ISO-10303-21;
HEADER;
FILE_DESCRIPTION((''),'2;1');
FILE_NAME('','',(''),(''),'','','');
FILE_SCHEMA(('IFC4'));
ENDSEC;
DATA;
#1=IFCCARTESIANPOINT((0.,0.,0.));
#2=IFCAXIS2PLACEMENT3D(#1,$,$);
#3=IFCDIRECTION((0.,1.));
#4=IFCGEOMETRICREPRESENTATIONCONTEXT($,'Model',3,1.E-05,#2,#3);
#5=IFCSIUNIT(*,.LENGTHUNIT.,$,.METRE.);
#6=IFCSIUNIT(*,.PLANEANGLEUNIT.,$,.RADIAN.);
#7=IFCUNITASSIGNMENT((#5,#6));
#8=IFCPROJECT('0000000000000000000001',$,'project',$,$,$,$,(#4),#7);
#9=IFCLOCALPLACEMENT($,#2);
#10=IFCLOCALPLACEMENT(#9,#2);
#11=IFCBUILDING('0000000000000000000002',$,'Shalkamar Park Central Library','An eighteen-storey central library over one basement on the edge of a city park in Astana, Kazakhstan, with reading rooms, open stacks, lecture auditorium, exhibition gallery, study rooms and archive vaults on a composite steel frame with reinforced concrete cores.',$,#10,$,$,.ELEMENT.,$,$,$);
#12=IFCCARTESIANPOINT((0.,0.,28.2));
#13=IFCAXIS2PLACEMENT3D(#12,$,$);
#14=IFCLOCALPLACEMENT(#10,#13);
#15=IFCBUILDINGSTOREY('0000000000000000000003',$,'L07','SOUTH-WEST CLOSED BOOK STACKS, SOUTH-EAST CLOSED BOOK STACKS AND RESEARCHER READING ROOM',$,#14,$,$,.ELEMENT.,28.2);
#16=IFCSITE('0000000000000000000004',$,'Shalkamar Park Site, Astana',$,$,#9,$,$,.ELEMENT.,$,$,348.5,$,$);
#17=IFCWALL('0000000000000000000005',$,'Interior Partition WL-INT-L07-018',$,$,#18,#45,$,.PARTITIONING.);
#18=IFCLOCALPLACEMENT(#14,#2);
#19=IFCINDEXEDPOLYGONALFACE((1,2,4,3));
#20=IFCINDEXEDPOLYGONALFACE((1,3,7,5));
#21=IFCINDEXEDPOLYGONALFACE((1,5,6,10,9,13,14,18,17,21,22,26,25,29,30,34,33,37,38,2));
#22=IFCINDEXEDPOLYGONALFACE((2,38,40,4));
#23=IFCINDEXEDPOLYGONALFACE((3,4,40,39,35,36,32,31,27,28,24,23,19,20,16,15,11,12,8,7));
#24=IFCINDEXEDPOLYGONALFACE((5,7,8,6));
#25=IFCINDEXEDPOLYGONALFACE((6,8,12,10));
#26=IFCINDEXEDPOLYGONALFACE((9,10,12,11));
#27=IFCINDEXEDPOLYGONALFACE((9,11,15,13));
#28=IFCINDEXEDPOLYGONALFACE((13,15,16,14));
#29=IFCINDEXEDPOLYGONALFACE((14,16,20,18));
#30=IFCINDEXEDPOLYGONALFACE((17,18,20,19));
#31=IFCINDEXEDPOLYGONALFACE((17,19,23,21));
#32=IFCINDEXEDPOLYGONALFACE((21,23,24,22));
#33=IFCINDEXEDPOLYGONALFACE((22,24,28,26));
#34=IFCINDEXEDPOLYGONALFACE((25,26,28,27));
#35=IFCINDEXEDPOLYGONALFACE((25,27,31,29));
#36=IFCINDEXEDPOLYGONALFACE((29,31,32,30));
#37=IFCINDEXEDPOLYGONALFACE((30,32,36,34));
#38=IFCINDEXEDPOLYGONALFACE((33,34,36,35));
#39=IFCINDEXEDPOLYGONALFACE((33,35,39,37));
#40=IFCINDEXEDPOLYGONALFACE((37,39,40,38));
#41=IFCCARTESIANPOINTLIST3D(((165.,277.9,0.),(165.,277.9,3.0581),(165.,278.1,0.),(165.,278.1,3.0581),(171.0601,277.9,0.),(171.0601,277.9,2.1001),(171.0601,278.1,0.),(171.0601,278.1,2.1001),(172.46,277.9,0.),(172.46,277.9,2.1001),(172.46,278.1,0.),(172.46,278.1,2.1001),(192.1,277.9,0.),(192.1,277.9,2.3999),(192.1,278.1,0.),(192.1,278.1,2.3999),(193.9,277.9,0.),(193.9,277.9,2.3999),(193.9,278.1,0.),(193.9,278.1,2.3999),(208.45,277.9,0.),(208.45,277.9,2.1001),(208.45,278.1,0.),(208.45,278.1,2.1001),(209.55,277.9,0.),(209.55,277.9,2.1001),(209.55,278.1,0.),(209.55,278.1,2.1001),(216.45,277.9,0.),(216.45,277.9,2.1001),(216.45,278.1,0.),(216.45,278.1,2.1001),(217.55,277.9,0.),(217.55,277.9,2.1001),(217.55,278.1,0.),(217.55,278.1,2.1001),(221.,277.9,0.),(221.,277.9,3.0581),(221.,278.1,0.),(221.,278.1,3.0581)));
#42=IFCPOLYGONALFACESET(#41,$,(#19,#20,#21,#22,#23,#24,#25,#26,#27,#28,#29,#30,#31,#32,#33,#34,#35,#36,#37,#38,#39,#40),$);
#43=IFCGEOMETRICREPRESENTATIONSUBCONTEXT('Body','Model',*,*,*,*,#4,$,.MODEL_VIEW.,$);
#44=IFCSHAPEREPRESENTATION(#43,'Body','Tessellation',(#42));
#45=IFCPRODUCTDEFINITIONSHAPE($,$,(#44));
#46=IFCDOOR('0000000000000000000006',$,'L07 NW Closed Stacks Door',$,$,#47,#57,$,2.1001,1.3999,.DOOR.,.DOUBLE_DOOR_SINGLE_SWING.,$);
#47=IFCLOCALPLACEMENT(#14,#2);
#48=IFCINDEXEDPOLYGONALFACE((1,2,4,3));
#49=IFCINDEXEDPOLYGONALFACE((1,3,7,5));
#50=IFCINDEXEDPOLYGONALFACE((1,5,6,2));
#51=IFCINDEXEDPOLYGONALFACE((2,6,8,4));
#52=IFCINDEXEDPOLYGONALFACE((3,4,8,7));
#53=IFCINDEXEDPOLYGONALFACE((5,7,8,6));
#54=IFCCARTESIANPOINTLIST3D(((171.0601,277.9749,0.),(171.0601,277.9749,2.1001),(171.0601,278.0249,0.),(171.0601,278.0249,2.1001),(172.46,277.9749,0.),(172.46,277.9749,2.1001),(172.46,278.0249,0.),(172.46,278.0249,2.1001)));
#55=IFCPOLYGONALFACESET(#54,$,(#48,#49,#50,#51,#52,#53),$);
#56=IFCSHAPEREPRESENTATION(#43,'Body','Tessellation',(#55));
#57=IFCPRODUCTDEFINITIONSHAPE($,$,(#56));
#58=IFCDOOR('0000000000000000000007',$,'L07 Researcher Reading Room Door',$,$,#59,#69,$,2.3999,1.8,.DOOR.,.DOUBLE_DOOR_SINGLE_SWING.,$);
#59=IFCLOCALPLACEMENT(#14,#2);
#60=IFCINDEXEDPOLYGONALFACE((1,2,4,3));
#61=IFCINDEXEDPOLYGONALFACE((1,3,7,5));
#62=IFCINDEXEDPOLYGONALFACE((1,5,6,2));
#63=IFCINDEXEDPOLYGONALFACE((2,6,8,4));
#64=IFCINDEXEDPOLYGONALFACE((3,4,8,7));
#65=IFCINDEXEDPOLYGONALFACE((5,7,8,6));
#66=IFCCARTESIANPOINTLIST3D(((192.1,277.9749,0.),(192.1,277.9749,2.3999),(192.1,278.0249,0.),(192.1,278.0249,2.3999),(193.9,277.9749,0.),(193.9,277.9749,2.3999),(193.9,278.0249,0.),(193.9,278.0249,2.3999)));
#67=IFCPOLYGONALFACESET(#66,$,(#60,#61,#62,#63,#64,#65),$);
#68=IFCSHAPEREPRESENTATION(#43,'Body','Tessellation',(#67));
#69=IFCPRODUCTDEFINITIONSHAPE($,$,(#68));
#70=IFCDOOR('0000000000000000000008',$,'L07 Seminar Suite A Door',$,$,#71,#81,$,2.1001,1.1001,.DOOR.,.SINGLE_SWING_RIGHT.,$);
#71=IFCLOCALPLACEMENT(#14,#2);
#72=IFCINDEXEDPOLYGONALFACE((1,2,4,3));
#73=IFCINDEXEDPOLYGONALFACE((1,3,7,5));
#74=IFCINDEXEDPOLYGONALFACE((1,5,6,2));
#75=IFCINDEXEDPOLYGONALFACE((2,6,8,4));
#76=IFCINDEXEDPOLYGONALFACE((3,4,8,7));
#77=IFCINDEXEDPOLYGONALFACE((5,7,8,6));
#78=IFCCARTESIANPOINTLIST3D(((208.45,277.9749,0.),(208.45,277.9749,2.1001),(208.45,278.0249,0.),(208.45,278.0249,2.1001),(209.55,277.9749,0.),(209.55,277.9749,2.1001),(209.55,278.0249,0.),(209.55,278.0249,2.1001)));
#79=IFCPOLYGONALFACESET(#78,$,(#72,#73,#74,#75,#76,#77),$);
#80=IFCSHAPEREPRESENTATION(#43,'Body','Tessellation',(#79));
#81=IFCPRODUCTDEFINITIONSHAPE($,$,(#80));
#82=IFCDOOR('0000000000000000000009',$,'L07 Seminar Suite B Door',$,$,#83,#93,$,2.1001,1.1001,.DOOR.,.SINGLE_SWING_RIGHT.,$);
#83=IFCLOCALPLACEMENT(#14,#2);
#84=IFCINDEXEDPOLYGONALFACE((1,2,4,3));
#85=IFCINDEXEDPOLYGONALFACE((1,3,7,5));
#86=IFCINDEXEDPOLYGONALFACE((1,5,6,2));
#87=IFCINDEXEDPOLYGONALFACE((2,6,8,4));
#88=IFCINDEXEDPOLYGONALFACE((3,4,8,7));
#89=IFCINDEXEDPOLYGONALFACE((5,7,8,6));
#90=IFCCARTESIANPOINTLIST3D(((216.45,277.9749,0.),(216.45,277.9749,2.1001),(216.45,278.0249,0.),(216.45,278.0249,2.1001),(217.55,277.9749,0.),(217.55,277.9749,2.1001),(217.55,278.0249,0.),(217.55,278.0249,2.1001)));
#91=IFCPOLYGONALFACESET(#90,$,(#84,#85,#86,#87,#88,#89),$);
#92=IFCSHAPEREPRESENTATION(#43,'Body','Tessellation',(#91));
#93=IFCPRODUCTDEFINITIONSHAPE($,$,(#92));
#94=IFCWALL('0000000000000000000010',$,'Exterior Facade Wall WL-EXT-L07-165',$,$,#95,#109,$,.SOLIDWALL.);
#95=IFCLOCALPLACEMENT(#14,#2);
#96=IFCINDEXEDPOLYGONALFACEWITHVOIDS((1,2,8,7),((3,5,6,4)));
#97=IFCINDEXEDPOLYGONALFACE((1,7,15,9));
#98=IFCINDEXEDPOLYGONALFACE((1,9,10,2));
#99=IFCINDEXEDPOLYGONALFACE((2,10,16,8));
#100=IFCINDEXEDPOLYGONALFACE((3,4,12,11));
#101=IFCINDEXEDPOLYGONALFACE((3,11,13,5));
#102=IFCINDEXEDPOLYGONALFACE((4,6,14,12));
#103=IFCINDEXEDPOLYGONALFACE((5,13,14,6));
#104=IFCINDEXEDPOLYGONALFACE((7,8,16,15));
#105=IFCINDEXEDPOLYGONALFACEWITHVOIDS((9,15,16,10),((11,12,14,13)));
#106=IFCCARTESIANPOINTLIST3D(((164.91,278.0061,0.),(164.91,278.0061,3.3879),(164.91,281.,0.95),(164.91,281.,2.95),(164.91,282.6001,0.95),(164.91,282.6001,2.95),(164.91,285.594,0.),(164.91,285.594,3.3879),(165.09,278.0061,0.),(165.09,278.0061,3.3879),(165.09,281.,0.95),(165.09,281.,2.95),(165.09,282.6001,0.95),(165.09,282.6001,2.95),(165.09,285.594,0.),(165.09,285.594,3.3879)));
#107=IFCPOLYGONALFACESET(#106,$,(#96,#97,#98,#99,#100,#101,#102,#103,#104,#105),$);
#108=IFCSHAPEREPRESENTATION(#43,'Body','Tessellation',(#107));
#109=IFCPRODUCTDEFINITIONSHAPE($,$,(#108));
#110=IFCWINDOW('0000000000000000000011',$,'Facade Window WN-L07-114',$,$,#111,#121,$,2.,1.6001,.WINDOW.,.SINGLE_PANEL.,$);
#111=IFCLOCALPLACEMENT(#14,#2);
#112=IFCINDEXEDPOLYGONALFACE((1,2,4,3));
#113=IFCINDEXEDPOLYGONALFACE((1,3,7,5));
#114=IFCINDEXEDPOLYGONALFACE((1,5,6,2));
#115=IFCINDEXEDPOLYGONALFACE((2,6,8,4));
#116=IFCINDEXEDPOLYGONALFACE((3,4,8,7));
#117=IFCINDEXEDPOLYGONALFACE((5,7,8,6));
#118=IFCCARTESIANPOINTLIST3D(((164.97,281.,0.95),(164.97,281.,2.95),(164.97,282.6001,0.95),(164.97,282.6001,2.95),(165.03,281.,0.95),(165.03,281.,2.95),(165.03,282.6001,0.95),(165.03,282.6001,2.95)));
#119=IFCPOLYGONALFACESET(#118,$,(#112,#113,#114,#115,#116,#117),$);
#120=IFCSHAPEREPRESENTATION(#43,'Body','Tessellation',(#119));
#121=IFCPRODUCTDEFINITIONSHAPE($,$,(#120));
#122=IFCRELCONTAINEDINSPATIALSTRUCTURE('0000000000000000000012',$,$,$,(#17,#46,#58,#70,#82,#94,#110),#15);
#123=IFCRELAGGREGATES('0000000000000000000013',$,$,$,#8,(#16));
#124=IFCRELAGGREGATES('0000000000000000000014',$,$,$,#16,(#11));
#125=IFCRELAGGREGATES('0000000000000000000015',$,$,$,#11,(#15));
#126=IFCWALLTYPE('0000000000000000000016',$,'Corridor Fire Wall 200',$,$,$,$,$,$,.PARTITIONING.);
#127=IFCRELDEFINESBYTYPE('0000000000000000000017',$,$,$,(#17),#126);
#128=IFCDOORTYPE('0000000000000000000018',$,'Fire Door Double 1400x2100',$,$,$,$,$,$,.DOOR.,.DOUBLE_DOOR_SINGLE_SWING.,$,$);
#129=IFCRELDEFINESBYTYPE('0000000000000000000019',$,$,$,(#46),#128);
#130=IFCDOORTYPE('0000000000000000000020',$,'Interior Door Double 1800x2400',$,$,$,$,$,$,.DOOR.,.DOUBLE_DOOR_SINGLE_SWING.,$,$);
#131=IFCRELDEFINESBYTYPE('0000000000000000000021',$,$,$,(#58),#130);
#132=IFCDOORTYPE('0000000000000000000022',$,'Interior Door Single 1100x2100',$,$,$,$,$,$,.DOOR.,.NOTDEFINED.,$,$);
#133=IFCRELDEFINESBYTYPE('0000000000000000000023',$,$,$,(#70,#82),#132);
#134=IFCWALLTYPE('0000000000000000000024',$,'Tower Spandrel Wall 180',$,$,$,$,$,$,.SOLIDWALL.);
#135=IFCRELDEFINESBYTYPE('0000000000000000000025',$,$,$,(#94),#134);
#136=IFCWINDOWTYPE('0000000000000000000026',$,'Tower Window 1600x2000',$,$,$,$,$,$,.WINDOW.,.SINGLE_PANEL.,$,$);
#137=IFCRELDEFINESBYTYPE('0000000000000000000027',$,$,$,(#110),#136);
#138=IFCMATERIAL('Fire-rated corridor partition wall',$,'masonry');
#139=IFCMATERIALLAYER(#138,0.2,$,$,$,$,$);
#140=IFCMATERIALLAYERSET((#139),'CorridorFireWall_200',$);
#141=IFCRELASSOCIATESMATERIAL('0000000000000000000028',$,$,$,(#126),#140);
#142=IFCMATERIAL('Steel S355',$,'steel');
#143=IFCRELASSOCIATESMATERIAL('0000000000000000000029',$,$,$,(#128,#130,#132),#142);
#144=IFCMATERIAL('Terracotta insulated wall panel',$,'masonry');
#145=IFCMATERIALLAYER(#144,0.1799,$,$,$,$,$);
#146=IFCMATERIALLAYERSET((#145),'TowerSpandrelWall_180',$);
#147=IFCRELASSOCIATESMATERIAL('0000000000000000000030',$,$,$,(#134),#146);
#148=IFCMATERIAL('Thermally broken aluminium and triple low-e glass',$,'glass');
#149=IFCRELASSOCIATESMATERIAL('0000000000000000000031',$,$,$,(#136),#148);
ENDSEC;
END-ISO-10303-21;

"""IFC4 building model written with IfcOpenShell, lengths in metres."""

from ifc_helpers import new_model, si_unit, direction, frame, frame_2d, origin, place, context, subcontext, project, spatial, rectangle, extrude, material, layer, layer_set, type_object, element, fill, save


model = new_model("IFC4")

# Units and contexts
model_context = context("Model", 3, precision=1e-05, world=origin(), true_north=direction((0.0, 1.0)))
body_context = subcontext(model_context, "Body", "Model", "MODEL_VIEW")
ifc_project = project(units=[si_unit("LENGTHUNIT", "METRE"), si_unit("PLANEANGLEUNIT", "RADIAN")], contexts=[model_context])

# Site, building, storey
site_placement = place(None, origin())
site = spatial("IfcSite", under=ifc_project, at=site_placement, Name="Shalkamar Park Site, Astana", CompositionType="ELEMENT", RefElevation=348.5)
building_placement = place(site_placement, origin())
building = spatial("IfcBuilding", under=site, at=building_placement, Name="Shalkamar Park Central Library", Description="An eighteen-storey central library over one basement on the edge of a city park in Astana, Kazakhstan, with reading rooms, open stacks, lecture auditorium, exhibition gallery, study rooms and archive vaults on a composite steel frame with reinforced concrete cores.", CompositionType="ELEMENT")
storey_placement = place(building_placement, frame((0.0, 0.0, 28.2)))
storey = spatial("IfcBuildingStorey", under=building, at=storey_placement, Name="L07", Description="SOUTH-WEST CLOSED BOOK STACKS, SOUTH-EAST CLOSED BOOK STACKS AND RESEARCHER READING ROOM", CompositionType="ELEMENT", Elevation=28.2)

# Shared definitions
ifc_material_1 = material(Name="Steel S355", Category="steel")

# Wall, openings, doors
ifc_material_2 = material(Name="Fire-rated corridor partition wall", Category="masonry")
ifc_layer_1 = layer(ifc_material_2, 0.2)
ifc_layer_set_1 = layer_set([ifc_layer_1], Name="CorridorFireWall_200")
wall_type_1 = type_object("IfcWallType", Name="Corridor Fire Wall 200", PredefinedType="PARTITIONING", material=ifc_layer_set_1)
wall_1_placement = place(storey_placement, frame((165.0, 278.0, 0.0), z_axis=(0.0, 0.0, 1.0), x_axis=(1.0, 0.0, 0.0)))
wall_1 = element("IfcWall", 1, at=wall_1_placement, inside=storey, type_object=wall_type_1, Name="Interior Partition WL-INT-L07-018", PredefinedType="PARTITIONING", context=body_context, shape_type="SweptSolid", body=[
    extrude(rectangle(XDim=56.0, YDim=0.2, at=frame_2d((28.0, 0.0))), origin(), (0.0, 0.0, 1.0), 3.0581),
])
opening_1_placement = place(wall_1_placement, frame((6.0601, 0.0, 0.0)))
opening_1 = element("IfcOpeningElement", 2, at=opening_1_placement, cuts=wall_1, PredefinedType="OPENING", context=body_context, shape_type="SweptSolid", body=[
    extrude(rectangle(XDim=1.3999, YDim=2.1001, at=frame_2d((0.7, 1.05))), frame((0.0, 0.1147, 0.0), z_axis=(0.0, -1.0, 0.0), x_axis=(1.0, 0.0, 0.0)), (0.0, 0.0, 1.0), 0.2297),
])
opening_2_placement = place(wall_1_placement, frame((27.1001, 0.0, 0.0)))
opening_2 = element("IfcOpeningElement", 3, at=opening_2_placement, cuts=wall_1, PredefinedType="OPENING", context=body_context, shape_type="SweptSolid", body=[
    extrude(rectangle(XDim=1.8, YDim=2.3999, at=frame_2d((0.8999, 1.2))), frame((0.0, 0.1147, 0.0), z_axis=(0.0, -1.0, 0.0), x_axis=(1.0, 0.0, 0.0)), (0.0, 0.0, 1.0), 0.2297),
])
opening_3_placement = place(wall_1_placement, frame((43.45, 0.0, 0.0)))
opening_3 = element("IfcOpeningElement", 4, at=opening_3_placement, cuts=wall_1, PredefinedType="OPENING", context=body_context, shape_type="SweptSolid", body=[
    extrude(rectangle(XDim=1.1001, YDim=2.1001, at=frame_2d((0.55, 1.05))), frame((0.0, 0.1147, 0.0), z_axis=(0.0, -1.0, 0.0), x_axis=(1.0, 0.0, 0.0)), (0.0, 0.0, 1.0), 0.2297),
])
opening_4_placement = place(wall_1_placement, frame((51.45, 0.0, 0.0)))
opening_4 = element("IfcOpeningElement", 5, at=opening_4_placement, cuts=wall_1, PredefinedType="OPENING", context=body_context, shape_type="SweptSolid", body=[
    extrude(rectangle(XDim=1.1001, YDim=2.1001, at=frame_2d((0.55, 1.05))), frame((0.0, 0.1147, 0.0), z_axis=(0.0, -1.0, 0.0), x_axis=(1.0, 0.0, 0.0)), (0.0, 0.0, 1.0), 0.2297),
])
door_type_1 = type_object("IfcDoorType", Name="Fire Door Double 1400x2100", OperationType="DOUBLE_DOOR_SINGLE_SWING", PredefinedType="DOOR", material=ifc_material_1)
door_1_placement = place(opening_1_placement, origin())
door_1 = element("IfcDoor", 6, at=door_1_placement, inside=storey, type_object=door_type_1, Name="L07 NW Closed Stacks Door", OperationType="DOUBLE_DOOR_SINGLE_SWING", OverallHeight=2.1001, OverallWidth=1.3999, PredefinedType="DOOR", context=body_context, shape_type="SweptSolid", body=[
    extrude(rectangle(XDim=1.3999, YDim=2.1001, at=frame_2d((0.7, 1.05))), frame((0.0, 0.0249, 0.0), z_axis=(0.0, -1.0, 0.0), x_axis=(1.0, 0.0, 0.0)), (0.0, 0.0, 1.0), 0.05),
])
fill(opening_1, door_1)
door_type_2 = type_object("IfcDoorType", Name="Interior Door Double 1800x2400", OperationType="DOUBLE_DOOR_SINGLE_SWING", PredefinedType="DOOR", material=ifc_material_1)
door_2_placement = place(opening_2_placement, origin())
door_2 = element("IfcDoor", 7, at=door_2_placement, inside=storey, type_object=door_type_2, Name="L07 Researcher Reading Room Door", OperationType="DOUBLE_DOOR_SINGLE_SWING", OverallHeight=2.3999, OverallWidth=1.8, PredefinedType="DOOR", context=body_context, shape_type="SweptSolid", body=[
    extrude(rectangle(XDim=1.8, YDim=2.3999, at=frame_2d((0.8999, 1.2))), frame((0.0, 0.0249, 0.0), z_axis=(0.0, -1.0, 0.0), x_axis=(1.0, 0.0, 0.0)), (0.0, 0.0, 1.0), 0.05),
])
fill(opening_2, door_2)
door_type_3 = type_object("IfcDoorType", Name="Interior Door Single 1100x2100", OperationType="NOTDEFINED", PredefinedType="DOOR", material=ifc_material_1)
door_3_placement = place(opening_3_placement, origin())
door_3 = element("IfcDoor", 8, at=door_3_placement, inside=storey, type_object=door_type_3, Name="L07 Seminar Suite A Door", OperationType="SINGLE_SWING_RIGHT", OverallHeight=2.1001, OverallWidth=1.1001, PredefinedType="DOOR", context=body_context, shape_type="SweptSolid", body=[
    extrude(rectangle(XDim=1.1001, YDim=2.1001, at=frame_2d((0.55, 1.05))), frame((0.0, 0.0249, 0.0), z_axis=(0.0, -1.0, 0.0), x_axis=(1.0, 0.0, 0.0)), (0.0, 0.0, 1.0), 0.05),
])
fill(opening_3, door_3)
door_4_placement = place(opening_4_placement, origin())
door_4 = element("IfcDoor", 9, at=door_4_placement, inside=storey, type_object=door_type_3, Name="L07 Seminar Suite B Door", OperationType="SINGLE_SWING_RIGHT", OverallHeight=2.1001, OverallWidth=1.1001, PredefinedType="DOOR", context=body_context, shape_type="SweptSolid", body=[
    extrude(rectangle(XDim=1.1001, YDim=2.1001, at=frame_2d((0.55, 1.05))), frame((0.0, 0.0249, 0.0), z_axis=(0.0, -1.0, 0.0), x_axis=(1.0, 0.0, 0.0)), (0.0, 0.0, 1.0), 0.05),
])
fill(opening_4, door_4)

# Wall, opening, window
ifc_material_3 = material(Name="Terracotta insulated wall panel", Category="masonry")
ifc_layer_2 = layer(ifc_material_3, 0.1799)
ifc_layer_set_2 = layer_set([ifc_layer_2], Name="TowerSpandrelWall_180")
wall_type_2 = type_object("IfcWallType", Name="Tower Spandrel Wall 180", PredefinedType="SOLIDWALL", material=ifc_layer_set_2)
wall_2_placement = place(storey_placement, frame((165.0, 278.0061, 0.0), z_axis=(0.0, 0.0, 1.0), x_axis=(0.0, 1.0, 0.0)))
wall_2 = element("IfcWall", 10, at=wall_2_placement, inside=storey, type_object=wall_type_2, Name="Exterior Facade Wall WL-EXT-L07-165", PredefinedType="SOLIDWALL", context=body_context, shape_type="SweptSolid", body=[
    extrude(rectangle(XDim=7.5879, YDim=0.1799, at=frame_2d((3.7939, 0.0))), origin(), (0.0, 0.0, 1.0), 3.3879),
])
opening_5_placement = place(wall_2_placement, frame((2.9939, 0.0, 0.95)))
opening_5 = element("IfcOpeningElement", 11, at=opening_5_placement, cuts=wall_2, PredefinedType="OPENING", context=body_context, shape_type="SweptSolid", body=[
    extrude(rectangle(XDim=1.6001, YDim=2.0, at=frame_2d((0.8, 1.0))), frame((0.0, 0.105, 0.0), z_axis=(0.0, -1.0, 0.0), x_axis=(1.0, 0.0, 0.0)), (0.0, 0.0, 1.0), 0.2097),
])
ifc_material_4 = material(Name="Thermally broken aluminium and triple low-e glass", Category="glass")
window_type = type_object("IfcWindowType", Name="Tower Window 1600x2000", PartitioningType="SINGLE_PANEL", PredefinedType="WINDOW", material=ifc_material_4)
window_placement = place(opening_5_placement, origin())
window = element("IfcWindow", 12, at=window_placement, inside=storey, type_object=window_type, Name="Facade Window WN-L07-114", OverallHeight=2.0, OverallWidth=1.6001, PartitioningType="SINGLE_PANEL", PredefinedType="WINDOW", context=body_context, shape_type="SweptSolid", body=[
    extrude(rectangle(XDim=1.6001, YDim=2.0, at=frame_2d((0.8, 1.0))), frame((0.0, 0.03, 0.0), z_axis=(0.0, -1.0, 0.0), x_axis=(1.0, 0.0, 0.0)), (0.0, 0.0, 1.0), 0.0601),
])
fill(opening_5, window)

save(model, "model.ifc")
